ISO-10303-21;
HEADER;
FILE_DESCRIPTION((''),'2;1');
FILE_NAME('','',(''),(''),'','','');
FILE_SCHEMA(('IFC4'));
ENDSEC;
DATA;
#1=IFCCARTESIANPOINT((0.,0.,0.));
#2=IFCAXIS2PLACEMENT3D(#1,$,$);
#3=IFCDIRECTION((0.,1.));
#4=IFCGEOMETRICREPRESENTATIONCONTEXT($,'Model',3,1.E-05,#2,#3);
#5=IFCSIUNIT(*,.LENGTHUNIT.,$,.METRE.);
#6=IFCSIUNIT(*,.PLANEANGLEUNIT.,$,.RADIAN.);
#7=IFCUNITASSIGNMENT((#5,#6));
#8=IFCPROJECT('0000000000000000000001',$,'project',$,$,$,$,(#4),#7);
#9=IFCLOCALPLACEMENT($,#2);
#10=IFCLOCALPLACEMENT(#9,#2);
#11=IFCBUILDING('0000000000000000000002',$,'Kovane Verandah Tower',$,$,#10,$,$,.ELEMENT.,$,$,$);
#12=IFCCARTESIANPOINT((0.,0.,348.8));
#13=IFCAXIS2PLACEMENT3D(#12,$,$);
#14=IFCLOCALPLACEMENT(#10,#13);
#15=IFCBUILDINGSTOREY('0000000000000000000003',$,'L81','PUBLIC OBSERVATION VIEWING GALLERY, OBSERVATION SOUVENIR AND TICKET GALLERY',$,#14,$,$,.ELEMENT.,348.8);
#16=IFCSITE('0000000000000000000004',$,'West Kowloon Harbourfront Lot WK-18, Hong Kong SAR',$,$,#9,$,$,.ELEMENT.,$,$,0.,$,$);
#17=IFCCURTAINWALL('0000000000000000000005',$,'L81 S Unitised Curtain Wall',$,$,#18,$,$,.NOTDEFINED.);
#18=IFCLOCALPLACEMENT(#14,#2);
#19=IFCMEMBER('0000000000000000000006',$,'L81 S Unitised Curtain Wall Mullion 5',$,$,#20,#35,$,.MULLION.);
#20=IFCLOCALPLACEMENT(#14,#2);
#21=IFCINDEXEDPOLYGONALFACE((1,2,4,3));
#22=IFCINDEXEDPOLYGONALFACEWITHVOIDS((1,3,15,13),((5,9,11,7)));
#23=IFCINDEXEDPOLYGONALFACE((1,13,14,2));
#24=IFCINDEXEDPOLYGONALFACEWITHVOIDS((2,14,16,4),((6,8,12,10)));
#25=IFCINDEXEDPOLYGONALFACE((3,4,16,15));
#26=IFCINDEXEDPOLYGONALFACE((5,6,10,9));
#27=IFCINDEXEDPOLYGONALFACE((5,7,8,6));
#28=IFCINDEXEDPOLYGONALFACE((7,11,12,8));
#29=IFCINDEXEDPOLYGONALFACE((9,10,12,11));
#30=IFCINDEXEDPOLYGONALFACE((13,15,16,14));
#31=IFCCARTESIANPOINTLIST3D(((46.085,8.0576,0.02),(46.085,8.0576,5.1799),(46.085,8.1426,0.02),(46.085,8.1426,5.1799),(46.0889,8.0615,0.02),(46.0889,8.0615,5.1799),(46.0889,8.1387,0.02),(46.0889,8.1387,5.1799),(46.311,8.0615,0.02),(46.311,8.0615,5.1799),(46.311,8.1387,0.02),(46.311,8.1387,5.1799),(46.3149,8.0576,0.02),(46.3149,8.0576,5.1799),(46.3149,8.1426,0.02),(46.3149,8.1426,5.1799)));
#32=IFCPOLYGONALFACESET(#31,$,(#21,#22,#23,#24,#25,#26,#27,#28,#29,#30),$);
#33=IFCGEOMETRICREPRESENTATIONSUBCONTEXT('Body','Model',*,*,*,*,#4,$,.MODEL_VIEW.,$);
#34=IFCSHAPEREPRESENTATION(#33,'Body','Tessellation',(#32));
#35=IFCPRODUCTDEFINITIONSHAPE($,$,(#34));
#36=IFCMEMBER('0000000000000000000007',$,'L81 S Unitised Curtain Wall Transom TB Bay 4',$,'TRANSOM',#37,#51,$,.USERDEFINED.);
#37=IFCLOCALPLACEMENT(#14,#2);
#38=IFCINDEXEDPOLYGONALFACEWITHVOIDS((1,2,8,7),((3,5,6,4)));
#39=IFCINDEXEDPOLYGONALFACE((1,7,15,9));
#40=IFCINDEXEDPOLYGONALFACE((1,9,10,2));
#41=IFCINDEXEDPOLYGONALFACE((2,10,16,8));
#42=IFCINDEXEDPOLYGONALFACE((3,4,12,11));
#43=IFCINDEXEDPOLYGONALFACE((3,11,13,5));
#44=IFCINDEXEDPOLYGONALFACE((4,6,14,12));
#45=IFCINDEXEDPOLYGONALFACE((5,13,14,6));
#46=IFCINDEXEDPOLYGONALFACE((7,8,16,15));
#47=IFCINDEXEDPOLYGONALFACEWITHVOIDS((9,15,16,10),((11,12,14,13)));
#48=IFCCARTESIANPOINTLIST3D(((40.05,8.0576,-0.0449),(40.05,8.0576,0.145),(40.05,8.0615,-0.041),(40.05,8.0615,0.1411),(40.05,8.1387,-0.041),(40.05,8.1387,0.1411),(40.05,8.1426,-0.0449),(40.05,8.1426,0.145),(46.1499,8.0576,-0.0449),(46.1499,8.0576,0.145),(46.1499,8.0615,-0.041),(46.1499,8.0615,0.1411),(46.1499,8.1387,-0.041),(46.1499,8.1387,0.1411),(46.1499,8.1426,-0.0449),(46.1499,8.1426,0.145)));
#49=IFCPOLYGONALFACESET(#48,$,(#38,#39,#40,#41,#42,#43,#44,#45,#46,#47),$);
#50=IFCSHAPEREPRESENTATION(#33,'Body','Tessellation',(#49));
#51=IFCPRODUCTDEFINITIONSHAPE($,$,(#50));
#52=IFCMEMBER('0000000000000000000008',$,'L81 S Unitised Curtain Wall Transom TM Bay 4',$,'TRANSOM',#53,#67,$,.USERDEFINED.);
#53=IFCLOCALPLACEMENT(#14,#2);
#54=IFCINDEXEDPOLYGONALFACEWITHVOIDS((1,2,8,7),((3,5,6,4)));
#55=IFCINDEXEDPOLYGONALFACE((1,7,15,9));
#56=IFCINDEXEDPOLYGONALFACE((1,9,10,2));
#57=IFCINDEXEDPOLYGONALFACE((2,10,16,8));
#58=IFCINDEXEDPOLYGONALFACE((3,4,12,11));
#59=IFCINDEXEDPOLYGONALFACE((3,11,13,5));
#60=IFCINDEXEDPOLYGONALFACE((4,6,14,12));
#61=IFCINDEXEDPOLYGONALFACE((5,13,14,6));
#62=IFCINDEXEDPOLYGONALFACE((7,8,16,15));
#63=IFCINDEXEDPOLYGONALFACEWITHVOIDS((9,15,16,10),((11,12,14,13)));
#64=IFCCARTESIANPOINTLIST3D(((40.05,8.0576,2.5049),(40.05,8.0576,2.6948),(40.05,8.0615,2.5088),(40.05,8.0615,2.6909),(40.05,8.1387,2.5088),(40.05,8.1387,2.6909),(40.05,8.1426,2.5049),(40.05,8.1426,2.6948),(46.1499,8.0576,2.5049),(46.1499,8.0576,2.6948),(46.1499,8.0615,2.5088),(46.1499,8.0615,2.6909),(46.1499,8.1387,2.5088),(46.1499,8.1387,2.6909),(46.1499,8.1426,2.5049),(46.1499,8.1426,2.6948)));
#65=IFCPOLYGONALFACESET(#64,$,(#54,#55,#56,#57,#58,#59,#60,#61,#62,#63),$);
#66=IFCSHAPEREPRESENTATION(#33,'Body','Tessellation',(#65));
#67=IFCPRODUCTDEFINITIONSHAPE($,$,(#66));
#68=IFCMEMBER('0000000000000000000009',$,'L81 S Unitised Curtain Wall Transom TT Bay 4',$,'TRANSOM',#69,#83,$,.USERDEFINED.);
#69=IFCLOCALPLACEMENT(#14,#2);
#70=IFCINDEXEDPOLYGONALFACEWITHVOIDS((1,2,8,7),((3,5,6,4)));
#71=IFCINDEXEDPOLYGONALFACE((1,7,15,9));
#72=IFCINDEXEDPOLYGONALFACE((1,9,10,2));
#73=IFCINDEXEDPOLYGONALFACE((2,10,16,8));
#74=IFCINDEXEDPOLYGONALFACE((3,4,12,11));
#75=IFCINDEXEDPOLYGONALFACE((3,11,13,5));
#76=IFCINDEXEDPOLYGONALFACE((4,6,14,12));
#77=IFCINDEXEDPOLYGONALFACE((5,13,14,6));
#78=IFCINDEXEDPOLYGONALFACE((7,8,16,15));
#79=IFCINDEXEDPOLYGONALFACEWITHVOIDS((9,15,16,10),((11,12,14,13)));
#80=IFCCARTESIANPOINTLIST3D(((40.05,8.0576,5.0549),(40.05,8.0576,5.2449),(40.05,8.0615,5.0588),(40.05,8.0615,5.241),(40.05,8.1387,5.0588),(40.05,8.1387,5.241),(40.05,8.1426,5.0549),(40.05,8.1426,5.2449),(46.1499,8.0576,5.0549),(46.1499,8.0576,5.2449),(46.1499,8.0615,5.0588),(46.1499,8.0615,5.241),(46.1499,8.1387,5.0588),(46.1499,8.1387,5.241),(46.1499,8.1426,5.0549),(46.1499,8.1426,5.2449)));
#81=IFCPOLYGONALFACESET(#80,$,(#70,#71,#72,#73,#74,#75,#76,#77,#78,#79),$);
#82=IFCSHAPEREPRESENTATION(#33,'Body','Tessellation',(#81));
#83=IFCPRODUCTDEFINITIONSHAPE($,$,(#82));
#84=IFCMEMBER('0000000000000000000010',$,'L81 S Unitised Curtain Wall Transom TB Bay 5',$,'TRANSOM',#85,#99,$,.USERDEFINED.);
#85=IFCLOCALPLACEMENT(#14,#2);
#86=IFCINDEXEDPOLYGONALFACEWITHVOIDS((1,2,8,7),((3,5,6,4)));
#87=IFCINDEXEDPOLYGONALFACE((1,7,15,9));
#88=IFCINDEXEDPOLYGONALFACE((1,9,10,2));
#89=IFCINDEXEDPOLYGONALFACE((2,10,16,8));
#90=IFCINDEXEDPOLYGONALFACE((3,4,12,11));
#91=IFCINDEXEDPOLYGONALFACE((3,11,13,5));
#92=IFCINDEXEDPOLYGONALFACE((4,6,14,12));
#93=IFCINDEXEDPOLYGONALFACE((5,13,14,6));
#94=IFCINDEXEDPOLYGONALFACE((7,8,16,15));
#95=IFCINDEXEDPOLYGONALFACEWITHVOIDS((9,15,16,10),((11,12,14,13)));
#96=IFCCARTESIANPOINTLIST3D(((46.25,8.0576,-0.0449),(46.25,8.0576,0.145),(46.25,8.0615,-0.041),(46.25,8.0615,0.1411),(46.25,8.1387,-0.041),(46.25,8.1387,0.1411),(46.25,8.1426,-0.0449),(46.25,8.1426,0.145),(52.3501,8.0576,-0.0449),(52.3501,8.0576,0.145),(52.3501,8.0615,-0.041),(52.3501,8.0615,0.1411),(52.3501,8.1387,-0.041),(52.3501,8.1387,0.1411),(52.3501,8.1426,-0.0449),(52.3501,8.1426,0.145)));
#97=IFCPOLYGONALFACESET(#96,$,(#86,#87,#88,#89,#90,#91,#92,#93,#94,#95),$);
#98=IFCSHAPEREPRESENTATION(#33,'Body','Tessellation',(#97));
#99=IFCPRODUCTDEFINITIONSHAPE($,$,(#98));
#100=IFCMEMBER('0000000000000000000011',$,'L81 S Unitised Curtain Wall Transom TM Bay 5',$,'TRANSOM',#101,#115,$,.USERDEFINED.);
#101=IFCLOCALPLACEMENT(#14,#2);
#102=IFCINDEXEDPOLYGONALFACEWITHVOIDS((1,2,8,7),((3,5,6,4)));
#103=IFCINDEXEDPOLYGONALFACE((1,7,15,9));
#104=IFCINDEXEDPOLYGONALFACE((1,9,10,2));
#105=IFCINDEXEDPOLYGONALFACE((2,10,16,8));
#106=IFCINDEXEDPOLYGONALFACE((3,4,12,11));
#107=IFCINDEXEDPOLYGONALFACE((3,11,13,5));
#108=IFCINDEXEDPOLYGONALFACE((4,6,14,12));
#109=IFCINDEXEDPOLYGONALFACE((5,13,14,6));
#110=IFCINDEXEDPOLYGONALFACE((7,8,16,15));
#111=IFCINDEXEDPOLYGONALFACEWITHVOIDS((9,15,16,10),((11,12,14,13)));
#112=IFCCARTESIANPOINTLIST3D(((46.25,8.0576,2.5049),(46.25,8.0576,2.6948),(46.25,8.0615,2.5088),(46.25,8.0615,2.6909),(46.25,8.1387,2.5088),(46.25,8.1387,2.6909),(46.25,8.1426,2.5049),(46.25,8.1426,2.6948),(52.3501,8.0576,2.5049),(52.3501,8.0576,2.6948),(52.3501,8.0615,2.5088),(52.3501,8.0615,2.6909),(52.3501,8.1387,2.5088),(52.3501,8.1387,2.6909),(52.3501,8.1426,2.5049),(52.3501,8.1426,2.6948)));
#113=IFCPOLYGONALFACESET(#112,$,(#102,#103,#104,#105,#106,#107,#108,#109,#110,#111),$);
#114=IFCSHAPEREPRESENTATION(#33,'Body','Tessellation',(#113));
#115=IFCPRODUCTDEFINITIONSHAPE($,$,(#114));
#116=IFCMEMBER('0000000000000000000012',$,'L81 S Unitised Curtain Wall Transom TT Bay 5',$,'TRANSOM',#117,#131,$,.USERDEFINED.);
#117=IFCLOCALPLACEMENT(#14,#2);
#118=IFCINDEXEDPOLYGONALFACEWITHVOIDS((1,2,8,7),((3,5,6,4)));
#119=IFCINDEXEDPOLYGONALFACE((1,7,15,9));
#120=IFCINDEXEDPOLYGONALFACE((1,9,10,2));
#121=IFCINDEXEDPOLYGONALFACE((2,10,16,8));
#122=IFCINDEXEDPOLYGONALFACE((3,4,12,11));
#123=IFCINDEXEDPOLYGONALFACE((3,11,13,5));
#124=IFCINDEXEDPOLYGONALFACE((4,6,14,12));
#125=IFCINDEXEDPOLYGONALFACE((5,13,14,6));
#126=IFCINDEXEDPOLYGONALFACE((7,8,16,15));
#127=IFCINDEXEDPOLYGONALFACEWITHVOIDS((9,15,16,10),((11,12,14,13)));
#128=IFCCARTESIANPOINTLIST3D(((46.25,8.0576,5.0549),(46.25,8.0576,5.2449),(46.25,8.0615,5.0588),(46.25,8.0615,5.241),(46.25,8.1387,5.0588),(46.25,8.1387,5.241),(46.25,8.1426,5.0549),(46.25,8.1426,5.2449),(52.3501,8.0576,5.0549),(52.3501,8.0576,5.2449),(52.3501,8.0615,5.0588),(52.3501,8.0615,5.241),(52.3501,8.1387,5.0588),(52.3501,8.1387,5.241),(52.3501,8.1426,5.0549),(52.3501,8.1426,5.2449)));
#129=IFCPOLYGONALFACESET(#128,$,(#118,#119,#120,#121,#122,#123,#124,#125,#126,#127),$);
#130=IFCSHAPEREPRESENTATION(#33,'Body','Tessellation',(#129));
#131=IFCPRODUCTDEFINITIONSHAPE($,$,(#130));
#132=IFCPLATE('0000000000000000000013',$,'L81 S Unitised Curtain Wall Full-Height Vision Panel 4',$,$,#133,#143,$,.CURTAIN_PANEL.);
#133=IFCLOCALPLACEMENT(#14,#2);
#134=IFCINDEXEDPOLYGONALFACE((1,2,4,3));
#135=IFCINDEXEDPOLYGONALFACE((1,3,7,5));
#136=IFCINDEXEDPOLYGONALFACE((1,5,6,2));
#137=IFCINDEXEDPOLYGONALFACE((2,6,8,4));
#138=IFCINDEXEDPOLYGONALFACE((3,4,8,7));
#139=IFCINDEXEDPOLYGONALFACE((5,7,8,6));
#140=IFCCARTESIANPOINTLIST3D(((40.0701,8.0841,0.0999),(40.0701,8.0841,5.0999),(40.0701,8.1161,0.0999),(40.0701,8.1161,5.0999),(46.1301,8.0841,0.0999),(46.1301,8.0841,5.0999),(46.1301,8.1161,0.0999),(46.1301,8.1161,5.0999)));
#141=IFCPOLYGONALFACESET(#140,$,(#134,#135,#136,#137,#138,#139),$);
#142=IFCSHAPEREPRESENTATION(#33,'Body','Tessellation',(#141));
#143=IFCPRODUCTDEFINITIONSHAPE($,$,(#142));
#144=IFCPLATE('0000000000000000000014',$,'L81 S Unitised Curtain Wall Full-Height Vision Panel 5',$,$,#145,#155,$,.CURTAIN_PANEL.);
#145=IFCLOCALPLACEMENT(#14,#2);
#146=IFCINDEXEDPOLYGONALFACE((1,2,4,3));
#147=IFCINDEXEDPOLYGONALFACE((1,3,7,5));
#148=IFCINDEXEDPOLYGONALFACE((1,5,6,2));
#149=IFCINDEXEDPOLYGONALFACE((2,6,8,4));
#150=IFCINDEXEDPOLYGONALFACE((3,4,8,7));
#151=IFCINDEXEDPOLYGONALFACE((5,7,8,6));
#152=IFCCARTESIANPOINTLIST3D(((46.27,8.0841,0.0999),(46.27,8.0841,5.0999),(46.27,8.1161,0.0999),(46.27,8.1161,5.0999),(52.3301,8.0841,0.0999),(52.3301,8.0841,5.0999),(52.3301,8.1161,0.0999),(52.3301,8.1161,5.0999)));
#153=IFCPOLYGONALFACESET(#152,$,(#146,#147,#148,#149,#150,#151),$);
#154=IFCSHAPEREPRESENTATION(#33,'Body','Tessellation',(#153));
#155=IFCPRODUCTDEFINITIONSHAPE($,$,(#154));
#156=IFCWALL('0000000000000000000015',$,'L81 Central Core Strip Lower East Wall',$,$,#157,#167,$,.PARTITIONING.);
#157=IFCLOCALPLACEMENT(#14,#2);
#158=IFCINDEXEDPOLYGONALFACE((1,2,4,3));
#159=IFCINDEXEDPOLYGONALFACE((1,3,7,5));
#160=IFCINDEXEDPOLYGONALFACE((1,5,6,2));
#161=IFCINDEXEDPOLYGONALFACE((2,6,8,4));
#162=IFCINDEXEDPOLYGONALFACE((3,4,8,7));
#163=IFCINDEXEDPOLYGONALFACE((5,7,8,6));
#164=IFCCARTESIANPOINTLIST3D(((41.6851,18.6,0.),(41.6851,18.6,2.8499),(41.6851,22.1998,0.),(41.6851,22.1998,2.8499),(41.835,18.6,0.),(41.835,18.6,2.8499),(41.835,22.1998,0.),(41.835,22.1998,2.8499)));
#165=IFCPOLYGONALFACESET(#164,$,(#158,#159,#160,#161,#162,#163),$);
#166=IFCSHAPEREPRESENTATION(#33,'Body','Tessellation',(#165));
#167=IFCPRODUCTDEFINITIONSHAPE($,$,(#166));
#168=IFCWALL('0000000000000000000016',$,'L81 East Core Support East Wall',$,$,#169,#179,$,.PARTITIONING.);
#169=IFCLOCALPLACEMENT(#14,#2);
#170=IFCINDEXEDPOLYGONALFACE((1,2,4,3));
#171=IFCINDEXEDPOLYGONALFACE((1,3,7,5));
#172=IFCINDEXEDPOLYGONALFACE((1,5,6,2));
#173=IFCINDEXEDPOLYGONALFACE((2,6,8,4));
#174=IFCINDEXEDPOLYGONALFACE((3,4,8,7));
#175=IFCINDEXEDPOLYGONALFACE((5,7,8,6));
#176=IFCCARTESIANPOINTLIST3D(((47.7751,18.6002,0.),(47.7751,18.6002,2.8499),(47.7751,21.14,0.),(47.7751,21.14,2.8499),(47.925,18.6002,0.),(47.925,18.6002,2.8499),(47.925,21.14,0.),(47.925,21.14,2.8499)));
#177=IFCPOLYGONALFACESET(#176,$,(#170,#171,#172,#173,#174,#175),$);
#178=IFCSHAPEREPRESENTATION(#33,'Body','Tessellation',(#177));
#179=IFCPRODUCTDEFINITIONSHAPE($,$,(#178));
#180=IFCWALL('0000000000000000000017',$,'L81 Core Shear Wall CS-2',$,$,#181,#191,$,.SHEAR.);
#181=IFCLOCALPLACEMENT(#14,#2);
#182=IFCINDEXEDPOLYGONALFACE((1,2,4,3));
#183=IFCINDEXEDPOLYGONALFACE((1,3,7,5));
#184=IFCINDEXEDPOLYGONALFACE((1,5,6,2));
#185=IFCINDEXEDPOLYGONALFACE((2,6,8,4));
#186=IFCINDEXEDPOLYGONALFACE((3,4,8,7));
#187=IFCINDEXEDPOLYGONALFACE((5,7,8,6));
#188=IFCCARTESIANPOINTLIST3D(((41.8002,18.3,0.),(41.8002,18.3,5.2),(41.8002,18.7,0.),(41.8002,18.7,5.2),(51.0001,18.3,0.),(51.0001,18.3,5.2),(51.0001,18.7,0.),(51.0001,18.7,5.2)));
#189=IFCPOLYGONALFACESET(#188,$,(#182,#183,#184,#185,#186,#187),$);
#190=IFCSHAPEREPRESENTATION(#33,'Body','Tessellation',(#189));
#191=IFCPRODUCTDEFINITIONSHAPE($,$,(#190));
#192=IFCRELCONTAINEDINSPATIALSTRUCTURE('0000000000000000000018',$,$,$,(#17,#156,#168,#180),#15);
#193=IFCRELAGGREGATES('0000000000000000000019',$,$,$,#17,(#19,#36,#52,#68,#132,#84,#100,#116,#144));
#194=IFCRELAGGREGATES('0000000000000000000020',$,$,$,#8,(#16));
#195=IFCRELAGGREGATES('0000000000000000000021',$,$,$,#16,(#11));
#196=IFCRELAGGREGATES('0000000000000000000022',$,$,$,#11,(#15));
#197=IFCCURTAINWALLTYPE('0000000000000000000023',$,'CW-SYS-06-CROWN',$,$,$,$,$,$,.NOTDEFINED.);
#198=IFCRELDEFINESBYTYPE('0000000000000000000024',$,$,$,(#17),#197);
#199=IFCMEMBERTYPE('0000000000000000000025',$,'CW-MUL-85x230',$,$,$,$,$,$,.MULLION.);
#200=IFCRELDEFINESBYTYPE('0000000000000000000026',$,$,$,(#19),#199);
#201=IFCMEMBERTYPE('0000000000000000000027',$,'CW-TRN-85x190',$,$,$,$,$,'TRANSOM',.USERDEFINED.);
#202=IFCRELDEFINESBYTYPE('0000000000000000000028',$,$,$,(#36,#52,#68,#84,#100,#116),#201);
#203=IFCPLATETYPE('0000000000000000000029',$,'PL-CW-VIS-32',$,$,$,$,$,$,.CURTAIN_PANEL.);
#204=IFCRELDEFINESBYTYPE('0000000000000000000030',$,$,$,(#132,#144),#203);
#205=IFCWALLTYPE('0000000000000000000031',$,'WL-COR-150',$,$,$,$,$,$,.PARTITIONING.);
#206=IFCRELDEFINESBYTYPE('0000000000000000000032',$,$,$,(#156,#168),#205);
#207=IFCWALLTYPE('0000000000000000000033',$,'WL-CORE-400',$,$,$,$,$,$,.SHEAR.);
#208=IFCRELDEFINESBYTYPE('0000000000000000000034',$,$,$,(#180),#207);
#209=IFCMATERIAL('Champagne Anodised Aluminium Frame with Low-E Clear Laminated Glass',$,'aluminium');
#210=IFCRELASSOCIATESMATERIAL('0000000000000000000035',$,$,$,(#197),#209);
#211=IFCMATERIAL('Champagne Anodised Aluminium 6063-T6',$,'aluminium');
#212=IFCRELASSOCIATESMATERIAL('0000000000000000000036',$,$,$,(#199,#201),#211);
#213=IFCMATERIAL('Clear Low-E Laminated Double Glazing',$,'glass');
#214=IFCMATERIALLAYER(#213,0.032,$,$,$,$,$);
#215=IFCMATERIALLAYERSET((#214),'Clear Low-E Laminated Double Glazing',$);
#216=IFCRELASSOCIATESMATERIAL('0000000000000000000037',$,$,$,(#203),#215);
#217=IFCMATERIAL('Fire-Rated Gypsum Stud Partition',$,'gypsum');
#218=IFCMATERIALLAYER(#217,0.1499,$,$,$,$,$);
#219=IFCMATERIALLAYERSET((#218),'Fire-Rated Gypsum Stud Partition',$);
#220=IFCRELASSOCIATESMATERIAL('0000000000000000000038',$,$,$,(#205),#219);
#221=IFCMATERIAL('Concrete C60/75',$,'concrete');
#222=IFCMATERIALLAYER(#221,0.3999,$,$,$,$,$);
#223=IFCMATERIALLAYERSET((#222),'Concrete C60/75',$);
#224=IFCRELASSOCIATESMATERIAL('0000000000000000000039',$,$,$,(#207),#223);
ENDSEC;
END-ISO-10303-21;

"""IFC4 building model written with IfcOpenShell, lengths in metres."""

from ifc_helpers import new_model, si_unit, direction, frame, frame_2d, origin, origin_2d, place, context, subcontext, project, spatial, rectangle, hollow_rectangle, extrude, material, layer, layer_set, material_profile, profile_set, type_object, element, aggregate, save


model = new_model("IFC4")

# Units and contexts
model_context = context("Model", 3, precision=1e-05, world=origin(), true_north=direction((0.0, 1.0)))
body_context = subcontext(model_context, "Body", "Model", "MODEL_VIEW")
ifc_project = project(units=[si_unit("LENGTHUNIT", "METRE"), si_unit("PLANEANGLEUNIT", "RADIAN")], contexts=[model_context])

# Site, building, storey
site_placement = place(None, origin())
site = spatial("IfcSite", under=ifc_project, at=site_placement, Name="West Kowloon Harbourfront Lot WK-18, Hong Kong SAR", CompositionType="ELEMENT", RefElevation=0.0)
building_placement = place(site_placement, origin())
building = spatial("IfcBuilding", under=site, at=building_placement, Name="Kovane Verandah Tower", CompositionType="ELEMENT")
storey_placement = place(building_placement, frame((0.0, 0.0, 348.8)))
storey = spatial("IfcBuildingStorey", under=building, at=storey_placement, Name="L81", Description="PUBLIC OBSERVATION VIEWING GALLERY, OBSERVATION SOUVENIR AND TICKET GALLERY", CompositionType="ELEMENT", Elevation=348.8)

# Shared definitions
ifc_material_1 = material(Name="Concrete C60/75", Category="concrete")

# Curtain wall, members, plates
ifc_material_2 = material(Name="Champagne Anodised Aluminium Frame with Low-E Clear Laminated Glass", Category="aluminium")
curtain_wall_type = type_object("IfcCurtainWallType", Name="CW-SYS-06-CROWN", PredefinedType="NOTDEFINED", material=ifc_material_2)
curtain_wall_placement = place(storey_placement, origin())
curtain_wall = element("IfcCurtainWall", 1, at=curtain_wall_placement, inside=storey, type_object=curtain_wall_type, Name="L81 S Unitised Curtain Wall", PredefinedType="NOTDEFINED")
ifc_material_3 = material(Name="Champagne Anodised Aluminium 6063-T6", Category="aluminium")
ifc_material_profile_1 = material_profile(ifc_material_3, hollow_rectangle(XDim=0.085, YDim=0.23, WallThickness=0.0039, at=origin_2d()), Name="AL85x230x4")
ifc_profile_set_1 = profile_set([ifc_material_profile_1], Name="Champagne Anodised Aluminium 6063-T6")
member_type_1 = type_object("IfcMemberType", Name="CW-MUL-85x230", PredefinedType="MULLION", material=ifc_profile_set_1)
member_1_placement = place(storey_placement, frame((46.2, 8.1001, 0.02), z_axis=(0.0, 0.0, 1.0), x_axis=(0.0, -1.0, 0.0)))
member_1 = element("IfcMember", 2, at=member_1_placement, type_object=member_type_1, Name="L81 S Unitised Curtain Wall Mullion 5", PredefinedType="MULLION", context=body_context, shape_type="SweptSolid", body=[
    extrude(hollow_rectangle(XDim=0.085, YDim=0.23, WallThickness=0.0039, at=origin_2d()), origin(), (0.0, 0.0, 1.0), 5.1599),
])
ifc_material_profile_2 = material_profile(ifc_material_3, hollow_rectangle(XDim=0.085, YDim=0.1899, WallThickness=0.0039, at=origin_2d()), Name="AL85x190x4")
ifc_profile_set_2 = profile_set([ifc_material_profile_2], Name="Champagne Anodised Aluminium 6063-T6")
member_type_2 = type_object("IfcMemberType", Name="CW-TRN-85x190", ElementType="TRANSOM", PredefinedType="USERDEFINED", material=ifc_profile_set_2)
member_2_placement = place(storey_placement, frame((40.05, 8.1001, 0.05), z_axis=(1.0, 0.0, 0.0), x_axis=(0.0, 1.0, 0.0)))
member_2 = element("IfcMember", 3, at=member_2_placement, type_object=member_type_2, Name="L81 S Unitised Curtain Wall Transom TB Bay 4", ObjectType="TRANSOM", PredefinedType="USERDEFINED", context=body_context, shape_type="SweptSolid", body=[
    extrude(hollow_rectangle(XDim=0.085, YDim=0.1899, WallThickness=0.0039, at=origin_2d()), origin(), (0.0, 0.0, 1.0), 6.0999),
])
member_3_placement = place(storey_placement, frame((40.05, 8.1001, 2.5999), z_axis=(1.0, 0.0, 0.0), x_axis=(0.0, 1.0, 0.0)))
member_3 = element("IfcMember", 4, at=member_3_placement, type_object=member_type_2, Name="L81 S Unitised Curtain Wall Transom TM Bay 4", ObjectType="TRANSOM", PredefinedType="USERDEFINED", context=body_context, shape_type="SweptSolid", body=[
    extrude(hollow_rectangle(XDim=0.085, YDim=0.1899, WallThickness=0.0039, at=origin_2d()), origin(), (0.0, 0.0, 1.0), 6.0999),
])
member_4_placement = place(storey_placement, frame((40.05, 8.1001, 5.1499), z_axis=(1.0, 0.0, 0.0), x_axis=(0.0, 1.0, 0.0)))
member_4 = element("IfcMember", 5, at=member_4_placement, type_object=member_type_2, Name="L81 S Unitised Curtain Wall Transom TT Bay 4", ObjectType="TRANSOM", PredefinedType="USERDEFINED", context=body_context, shape_type="SweptSolid", body=[
    extrude(hollow_rectangle(XDim=0.085, YDim=0.1899, WallThickness=0.0039, at=origin_2d()), origin(), (0.0, 0.0, 1.0), 6.0999),
])
member_5_placement = place(storey_placement, frame((46.25, 8.1001, 0.05), z_axis=(1.0, 0.0, 0.0), x_axis=(0.0, 1.0, 0.0)))
member_5 = element("IfcMember", 6, at=member_5_placement, type_object=member_type_2, Name="L81 S Unitised Curtain Wall Transom TB Bay 5", ObjectType="TRANSOM", PredefinedType="USERDEFINED", context=body_context, shape_type="SweptSolid", body=[
    extrude(hollow_rectangle(XDim=0.085, YDim=0.1899, WallThickness=0.0039, at=origin_2d()), origin(), (0.0, 0.0, 1.0), 6.1001),
])
member_6_placement = place(storey_placement, frame((46.25, 8.1001, 2.5999), z_axis=(1.0, 0.0, 0.0), x_axis=(0.0, 1.0, 0.0)))
member_6 = element("IfcMember", 7, at=member_6_placement, type_object=member_type_2, Name="L81 S Unitised Curtain Wall Transom TM Bay 5", ObjectType="TRANSOM", PredefinedType="USERDEFINED", context=body_context, shape_type="SweptSolid", body=[
    extrude(hollow_rectangle(XDim=0.085, YDim=0.1899, WallThickness=0.0039, at=origin_2d()), origin(), (0.0, 0.0, 1.0), 6.1001),
])
member_7_placement = place(storey_placement, frame((46.25, 8.1001, 5.1499), z_axis=(1.0, 0.0, 0.0), x_axis=(0.0, 1.0, 0.0)))
member_7 = element("IfcMember", 8, at=member_7_placement, type_object=member_type_2, Name="L81 S Unitised Curtain Wall Transom TT Bay 5", ObjectType="TRANSOM", PredefinedType="USERDEFINED", context=body_context, shape_type="SweptSolid", body=[
    extrude(hollow_rectangle(XDim=0.085, YDim=0.1899, WallThickness=0.0039, at=origin_2d()), origin(), (0.0, 0.0, 1.0), 6.1001),
])
ifc_material_4 = material(Name="Clear Low-E Laminated Double Glazing", Category="glass")
ifc_layer_1 = layer(ifc_material_4, 0.032)
ifc_layer_set_1 = layer_set([ifc_layer_1], Name="Clear Low-E Laminated Double Glazing")
plate_type = type_object("IfcPlateType", Name="PL-CW-VIS-32", PredefinedType="CURTAIN_PANEL", material=ifc_layer_set_1)
plate_1_placement = place(storey_placement, frame((43.1001, 8.1001, 0.0999), z_axis=(0.0, 0.0, 1.0), x_axis=(1.0, 0.0, 0.0)))
plate_1 = element("IfcPlate", 9, at=plate_1_placement, type_object=plate_type, Name="L81 S Unitised Curtain Wall Full-Height Vision Panel 4", PredefinedType="CURTAIN_PANEL", context=body_context, shape_type="SweptSolid", body=[
    extrude(rectangle(XDim=6.0601, YDim=0.032, at=origin_2d()), origin(), (0.0, 0.0, 1.0), 5.0),
])
plate_2_placement = place(storey_placement, frame((49.3, 8.1001, 0.0999), z_axis=(0.0, 0.0, 1.0), x_axis=(1.0, 0.0, 0.0)))
plate_2 = element("IfcPlate", 10, at=plate_2_placement, type_object=plate_type, Name="L81 S Unitised Curtain Wall Full-Height Vision Panel 5", PredefinedType="CURTAIN_PANEL", context=body_context, shape_type="SweptSolid", body=[
    extrude(rectangle(XDim=6.0601, YDim=0.032, at=origin_2d()), origin(), (0.0, 0.0, 1.0), 5.0),
])
aggregate(curtain_wall, [member_1, member_2, member_3, member_4, plate_1, member_5, member_6, member_7, plate_2])

# Wall
ifc_material_5 = material(Name="Fire-Rated Gypsum Stud Partition", Category="gypsum")
ifc_layer_2 = layer(ifc_material_5, 0.1499)
ifc_layer_set_2 = layer_set([ifc_layer_2], Name="Fire-Rated Gypsum Stud Partition")
wall_type_1 = type_object("IfcWallType", Name="WL-COR-150", PredefinedType="PARTITIONING", material=ifc_layer_set_2)
wall_1_placement = place(storey_placement, frame((41.76, 18.6001, 0.0), z_axis=(0.0, 0.0, 1.0), x_axis=(0.0, 1.0, 0.0)))
element("IfcWall", 11, at=wall_1_placement, inside=storey, type_object=wall_type_1, Name="L81 Central Core Strip Lower East Wall", PredefinedType="PARTITIONING", context=body_context, shape_type="SweptSolid", body=[
    extrude(rectangle(XDim=3.5999, YDim=0.1499, at=frame_2d((1.7998, 0.0))), origin(), (0.0, 0.0, 1.0), 2.8499),
])

# Walls
wall_2_placement = place(storey_placement, frame((47.8501, 18.6001, 0.0), z_axis=(0.0, 0.0, 1.0), x_axis=(0.0, 1.0, 0.0)))
element("IfcWall", 12, at=wall_2_placement, inside=storey, type_object=wall_type_1, Name="L81 East Core Support East Wall", PredefinedType="PARTITIONING", context=body_context, shape_type="SweptSolid", body=[
    extrude(rectangle(XDim=2.5398, YDim=0.1499, at=frame_2d((1.27, 0.0))), origin(), (0.0, 0.0, 1.0), 2.8499),
])
ifc_layer_3 = layer(ifc_material_1, 0.3999)
ifc_layer_set_3 = layer_set([ifc_layer_3], Name="Concrete C60/75")
wall_type_2 = type_object("IfcWallType", Name="WL-CORE-400", PredefinedType="SHEAR", material=ifc_layer_set_3)
wall_3_placement = place(storey_placement, frame((41.8, 18.5, 0.0), z_axis=(0.0, 0.0, 1.0), x_axis=(1.0, 0.0, 0.0)))
element("IfcWall", 13, at=wall_3_placement, inside=storey, type_object=wall_type_2, Name="L81 Core Shear Wall CS-2", PredefinedType="SHEAR", context=body_context, shape_type="SweptSolid", body=[
    extrude(rectangle(XDim=9.2, YDim=0.3999, at=frame_2d((4.6001, 0.0))), origin(), (0.0, 0.0, 1.0), 5.2),
])

save(model, "model.ifc")
